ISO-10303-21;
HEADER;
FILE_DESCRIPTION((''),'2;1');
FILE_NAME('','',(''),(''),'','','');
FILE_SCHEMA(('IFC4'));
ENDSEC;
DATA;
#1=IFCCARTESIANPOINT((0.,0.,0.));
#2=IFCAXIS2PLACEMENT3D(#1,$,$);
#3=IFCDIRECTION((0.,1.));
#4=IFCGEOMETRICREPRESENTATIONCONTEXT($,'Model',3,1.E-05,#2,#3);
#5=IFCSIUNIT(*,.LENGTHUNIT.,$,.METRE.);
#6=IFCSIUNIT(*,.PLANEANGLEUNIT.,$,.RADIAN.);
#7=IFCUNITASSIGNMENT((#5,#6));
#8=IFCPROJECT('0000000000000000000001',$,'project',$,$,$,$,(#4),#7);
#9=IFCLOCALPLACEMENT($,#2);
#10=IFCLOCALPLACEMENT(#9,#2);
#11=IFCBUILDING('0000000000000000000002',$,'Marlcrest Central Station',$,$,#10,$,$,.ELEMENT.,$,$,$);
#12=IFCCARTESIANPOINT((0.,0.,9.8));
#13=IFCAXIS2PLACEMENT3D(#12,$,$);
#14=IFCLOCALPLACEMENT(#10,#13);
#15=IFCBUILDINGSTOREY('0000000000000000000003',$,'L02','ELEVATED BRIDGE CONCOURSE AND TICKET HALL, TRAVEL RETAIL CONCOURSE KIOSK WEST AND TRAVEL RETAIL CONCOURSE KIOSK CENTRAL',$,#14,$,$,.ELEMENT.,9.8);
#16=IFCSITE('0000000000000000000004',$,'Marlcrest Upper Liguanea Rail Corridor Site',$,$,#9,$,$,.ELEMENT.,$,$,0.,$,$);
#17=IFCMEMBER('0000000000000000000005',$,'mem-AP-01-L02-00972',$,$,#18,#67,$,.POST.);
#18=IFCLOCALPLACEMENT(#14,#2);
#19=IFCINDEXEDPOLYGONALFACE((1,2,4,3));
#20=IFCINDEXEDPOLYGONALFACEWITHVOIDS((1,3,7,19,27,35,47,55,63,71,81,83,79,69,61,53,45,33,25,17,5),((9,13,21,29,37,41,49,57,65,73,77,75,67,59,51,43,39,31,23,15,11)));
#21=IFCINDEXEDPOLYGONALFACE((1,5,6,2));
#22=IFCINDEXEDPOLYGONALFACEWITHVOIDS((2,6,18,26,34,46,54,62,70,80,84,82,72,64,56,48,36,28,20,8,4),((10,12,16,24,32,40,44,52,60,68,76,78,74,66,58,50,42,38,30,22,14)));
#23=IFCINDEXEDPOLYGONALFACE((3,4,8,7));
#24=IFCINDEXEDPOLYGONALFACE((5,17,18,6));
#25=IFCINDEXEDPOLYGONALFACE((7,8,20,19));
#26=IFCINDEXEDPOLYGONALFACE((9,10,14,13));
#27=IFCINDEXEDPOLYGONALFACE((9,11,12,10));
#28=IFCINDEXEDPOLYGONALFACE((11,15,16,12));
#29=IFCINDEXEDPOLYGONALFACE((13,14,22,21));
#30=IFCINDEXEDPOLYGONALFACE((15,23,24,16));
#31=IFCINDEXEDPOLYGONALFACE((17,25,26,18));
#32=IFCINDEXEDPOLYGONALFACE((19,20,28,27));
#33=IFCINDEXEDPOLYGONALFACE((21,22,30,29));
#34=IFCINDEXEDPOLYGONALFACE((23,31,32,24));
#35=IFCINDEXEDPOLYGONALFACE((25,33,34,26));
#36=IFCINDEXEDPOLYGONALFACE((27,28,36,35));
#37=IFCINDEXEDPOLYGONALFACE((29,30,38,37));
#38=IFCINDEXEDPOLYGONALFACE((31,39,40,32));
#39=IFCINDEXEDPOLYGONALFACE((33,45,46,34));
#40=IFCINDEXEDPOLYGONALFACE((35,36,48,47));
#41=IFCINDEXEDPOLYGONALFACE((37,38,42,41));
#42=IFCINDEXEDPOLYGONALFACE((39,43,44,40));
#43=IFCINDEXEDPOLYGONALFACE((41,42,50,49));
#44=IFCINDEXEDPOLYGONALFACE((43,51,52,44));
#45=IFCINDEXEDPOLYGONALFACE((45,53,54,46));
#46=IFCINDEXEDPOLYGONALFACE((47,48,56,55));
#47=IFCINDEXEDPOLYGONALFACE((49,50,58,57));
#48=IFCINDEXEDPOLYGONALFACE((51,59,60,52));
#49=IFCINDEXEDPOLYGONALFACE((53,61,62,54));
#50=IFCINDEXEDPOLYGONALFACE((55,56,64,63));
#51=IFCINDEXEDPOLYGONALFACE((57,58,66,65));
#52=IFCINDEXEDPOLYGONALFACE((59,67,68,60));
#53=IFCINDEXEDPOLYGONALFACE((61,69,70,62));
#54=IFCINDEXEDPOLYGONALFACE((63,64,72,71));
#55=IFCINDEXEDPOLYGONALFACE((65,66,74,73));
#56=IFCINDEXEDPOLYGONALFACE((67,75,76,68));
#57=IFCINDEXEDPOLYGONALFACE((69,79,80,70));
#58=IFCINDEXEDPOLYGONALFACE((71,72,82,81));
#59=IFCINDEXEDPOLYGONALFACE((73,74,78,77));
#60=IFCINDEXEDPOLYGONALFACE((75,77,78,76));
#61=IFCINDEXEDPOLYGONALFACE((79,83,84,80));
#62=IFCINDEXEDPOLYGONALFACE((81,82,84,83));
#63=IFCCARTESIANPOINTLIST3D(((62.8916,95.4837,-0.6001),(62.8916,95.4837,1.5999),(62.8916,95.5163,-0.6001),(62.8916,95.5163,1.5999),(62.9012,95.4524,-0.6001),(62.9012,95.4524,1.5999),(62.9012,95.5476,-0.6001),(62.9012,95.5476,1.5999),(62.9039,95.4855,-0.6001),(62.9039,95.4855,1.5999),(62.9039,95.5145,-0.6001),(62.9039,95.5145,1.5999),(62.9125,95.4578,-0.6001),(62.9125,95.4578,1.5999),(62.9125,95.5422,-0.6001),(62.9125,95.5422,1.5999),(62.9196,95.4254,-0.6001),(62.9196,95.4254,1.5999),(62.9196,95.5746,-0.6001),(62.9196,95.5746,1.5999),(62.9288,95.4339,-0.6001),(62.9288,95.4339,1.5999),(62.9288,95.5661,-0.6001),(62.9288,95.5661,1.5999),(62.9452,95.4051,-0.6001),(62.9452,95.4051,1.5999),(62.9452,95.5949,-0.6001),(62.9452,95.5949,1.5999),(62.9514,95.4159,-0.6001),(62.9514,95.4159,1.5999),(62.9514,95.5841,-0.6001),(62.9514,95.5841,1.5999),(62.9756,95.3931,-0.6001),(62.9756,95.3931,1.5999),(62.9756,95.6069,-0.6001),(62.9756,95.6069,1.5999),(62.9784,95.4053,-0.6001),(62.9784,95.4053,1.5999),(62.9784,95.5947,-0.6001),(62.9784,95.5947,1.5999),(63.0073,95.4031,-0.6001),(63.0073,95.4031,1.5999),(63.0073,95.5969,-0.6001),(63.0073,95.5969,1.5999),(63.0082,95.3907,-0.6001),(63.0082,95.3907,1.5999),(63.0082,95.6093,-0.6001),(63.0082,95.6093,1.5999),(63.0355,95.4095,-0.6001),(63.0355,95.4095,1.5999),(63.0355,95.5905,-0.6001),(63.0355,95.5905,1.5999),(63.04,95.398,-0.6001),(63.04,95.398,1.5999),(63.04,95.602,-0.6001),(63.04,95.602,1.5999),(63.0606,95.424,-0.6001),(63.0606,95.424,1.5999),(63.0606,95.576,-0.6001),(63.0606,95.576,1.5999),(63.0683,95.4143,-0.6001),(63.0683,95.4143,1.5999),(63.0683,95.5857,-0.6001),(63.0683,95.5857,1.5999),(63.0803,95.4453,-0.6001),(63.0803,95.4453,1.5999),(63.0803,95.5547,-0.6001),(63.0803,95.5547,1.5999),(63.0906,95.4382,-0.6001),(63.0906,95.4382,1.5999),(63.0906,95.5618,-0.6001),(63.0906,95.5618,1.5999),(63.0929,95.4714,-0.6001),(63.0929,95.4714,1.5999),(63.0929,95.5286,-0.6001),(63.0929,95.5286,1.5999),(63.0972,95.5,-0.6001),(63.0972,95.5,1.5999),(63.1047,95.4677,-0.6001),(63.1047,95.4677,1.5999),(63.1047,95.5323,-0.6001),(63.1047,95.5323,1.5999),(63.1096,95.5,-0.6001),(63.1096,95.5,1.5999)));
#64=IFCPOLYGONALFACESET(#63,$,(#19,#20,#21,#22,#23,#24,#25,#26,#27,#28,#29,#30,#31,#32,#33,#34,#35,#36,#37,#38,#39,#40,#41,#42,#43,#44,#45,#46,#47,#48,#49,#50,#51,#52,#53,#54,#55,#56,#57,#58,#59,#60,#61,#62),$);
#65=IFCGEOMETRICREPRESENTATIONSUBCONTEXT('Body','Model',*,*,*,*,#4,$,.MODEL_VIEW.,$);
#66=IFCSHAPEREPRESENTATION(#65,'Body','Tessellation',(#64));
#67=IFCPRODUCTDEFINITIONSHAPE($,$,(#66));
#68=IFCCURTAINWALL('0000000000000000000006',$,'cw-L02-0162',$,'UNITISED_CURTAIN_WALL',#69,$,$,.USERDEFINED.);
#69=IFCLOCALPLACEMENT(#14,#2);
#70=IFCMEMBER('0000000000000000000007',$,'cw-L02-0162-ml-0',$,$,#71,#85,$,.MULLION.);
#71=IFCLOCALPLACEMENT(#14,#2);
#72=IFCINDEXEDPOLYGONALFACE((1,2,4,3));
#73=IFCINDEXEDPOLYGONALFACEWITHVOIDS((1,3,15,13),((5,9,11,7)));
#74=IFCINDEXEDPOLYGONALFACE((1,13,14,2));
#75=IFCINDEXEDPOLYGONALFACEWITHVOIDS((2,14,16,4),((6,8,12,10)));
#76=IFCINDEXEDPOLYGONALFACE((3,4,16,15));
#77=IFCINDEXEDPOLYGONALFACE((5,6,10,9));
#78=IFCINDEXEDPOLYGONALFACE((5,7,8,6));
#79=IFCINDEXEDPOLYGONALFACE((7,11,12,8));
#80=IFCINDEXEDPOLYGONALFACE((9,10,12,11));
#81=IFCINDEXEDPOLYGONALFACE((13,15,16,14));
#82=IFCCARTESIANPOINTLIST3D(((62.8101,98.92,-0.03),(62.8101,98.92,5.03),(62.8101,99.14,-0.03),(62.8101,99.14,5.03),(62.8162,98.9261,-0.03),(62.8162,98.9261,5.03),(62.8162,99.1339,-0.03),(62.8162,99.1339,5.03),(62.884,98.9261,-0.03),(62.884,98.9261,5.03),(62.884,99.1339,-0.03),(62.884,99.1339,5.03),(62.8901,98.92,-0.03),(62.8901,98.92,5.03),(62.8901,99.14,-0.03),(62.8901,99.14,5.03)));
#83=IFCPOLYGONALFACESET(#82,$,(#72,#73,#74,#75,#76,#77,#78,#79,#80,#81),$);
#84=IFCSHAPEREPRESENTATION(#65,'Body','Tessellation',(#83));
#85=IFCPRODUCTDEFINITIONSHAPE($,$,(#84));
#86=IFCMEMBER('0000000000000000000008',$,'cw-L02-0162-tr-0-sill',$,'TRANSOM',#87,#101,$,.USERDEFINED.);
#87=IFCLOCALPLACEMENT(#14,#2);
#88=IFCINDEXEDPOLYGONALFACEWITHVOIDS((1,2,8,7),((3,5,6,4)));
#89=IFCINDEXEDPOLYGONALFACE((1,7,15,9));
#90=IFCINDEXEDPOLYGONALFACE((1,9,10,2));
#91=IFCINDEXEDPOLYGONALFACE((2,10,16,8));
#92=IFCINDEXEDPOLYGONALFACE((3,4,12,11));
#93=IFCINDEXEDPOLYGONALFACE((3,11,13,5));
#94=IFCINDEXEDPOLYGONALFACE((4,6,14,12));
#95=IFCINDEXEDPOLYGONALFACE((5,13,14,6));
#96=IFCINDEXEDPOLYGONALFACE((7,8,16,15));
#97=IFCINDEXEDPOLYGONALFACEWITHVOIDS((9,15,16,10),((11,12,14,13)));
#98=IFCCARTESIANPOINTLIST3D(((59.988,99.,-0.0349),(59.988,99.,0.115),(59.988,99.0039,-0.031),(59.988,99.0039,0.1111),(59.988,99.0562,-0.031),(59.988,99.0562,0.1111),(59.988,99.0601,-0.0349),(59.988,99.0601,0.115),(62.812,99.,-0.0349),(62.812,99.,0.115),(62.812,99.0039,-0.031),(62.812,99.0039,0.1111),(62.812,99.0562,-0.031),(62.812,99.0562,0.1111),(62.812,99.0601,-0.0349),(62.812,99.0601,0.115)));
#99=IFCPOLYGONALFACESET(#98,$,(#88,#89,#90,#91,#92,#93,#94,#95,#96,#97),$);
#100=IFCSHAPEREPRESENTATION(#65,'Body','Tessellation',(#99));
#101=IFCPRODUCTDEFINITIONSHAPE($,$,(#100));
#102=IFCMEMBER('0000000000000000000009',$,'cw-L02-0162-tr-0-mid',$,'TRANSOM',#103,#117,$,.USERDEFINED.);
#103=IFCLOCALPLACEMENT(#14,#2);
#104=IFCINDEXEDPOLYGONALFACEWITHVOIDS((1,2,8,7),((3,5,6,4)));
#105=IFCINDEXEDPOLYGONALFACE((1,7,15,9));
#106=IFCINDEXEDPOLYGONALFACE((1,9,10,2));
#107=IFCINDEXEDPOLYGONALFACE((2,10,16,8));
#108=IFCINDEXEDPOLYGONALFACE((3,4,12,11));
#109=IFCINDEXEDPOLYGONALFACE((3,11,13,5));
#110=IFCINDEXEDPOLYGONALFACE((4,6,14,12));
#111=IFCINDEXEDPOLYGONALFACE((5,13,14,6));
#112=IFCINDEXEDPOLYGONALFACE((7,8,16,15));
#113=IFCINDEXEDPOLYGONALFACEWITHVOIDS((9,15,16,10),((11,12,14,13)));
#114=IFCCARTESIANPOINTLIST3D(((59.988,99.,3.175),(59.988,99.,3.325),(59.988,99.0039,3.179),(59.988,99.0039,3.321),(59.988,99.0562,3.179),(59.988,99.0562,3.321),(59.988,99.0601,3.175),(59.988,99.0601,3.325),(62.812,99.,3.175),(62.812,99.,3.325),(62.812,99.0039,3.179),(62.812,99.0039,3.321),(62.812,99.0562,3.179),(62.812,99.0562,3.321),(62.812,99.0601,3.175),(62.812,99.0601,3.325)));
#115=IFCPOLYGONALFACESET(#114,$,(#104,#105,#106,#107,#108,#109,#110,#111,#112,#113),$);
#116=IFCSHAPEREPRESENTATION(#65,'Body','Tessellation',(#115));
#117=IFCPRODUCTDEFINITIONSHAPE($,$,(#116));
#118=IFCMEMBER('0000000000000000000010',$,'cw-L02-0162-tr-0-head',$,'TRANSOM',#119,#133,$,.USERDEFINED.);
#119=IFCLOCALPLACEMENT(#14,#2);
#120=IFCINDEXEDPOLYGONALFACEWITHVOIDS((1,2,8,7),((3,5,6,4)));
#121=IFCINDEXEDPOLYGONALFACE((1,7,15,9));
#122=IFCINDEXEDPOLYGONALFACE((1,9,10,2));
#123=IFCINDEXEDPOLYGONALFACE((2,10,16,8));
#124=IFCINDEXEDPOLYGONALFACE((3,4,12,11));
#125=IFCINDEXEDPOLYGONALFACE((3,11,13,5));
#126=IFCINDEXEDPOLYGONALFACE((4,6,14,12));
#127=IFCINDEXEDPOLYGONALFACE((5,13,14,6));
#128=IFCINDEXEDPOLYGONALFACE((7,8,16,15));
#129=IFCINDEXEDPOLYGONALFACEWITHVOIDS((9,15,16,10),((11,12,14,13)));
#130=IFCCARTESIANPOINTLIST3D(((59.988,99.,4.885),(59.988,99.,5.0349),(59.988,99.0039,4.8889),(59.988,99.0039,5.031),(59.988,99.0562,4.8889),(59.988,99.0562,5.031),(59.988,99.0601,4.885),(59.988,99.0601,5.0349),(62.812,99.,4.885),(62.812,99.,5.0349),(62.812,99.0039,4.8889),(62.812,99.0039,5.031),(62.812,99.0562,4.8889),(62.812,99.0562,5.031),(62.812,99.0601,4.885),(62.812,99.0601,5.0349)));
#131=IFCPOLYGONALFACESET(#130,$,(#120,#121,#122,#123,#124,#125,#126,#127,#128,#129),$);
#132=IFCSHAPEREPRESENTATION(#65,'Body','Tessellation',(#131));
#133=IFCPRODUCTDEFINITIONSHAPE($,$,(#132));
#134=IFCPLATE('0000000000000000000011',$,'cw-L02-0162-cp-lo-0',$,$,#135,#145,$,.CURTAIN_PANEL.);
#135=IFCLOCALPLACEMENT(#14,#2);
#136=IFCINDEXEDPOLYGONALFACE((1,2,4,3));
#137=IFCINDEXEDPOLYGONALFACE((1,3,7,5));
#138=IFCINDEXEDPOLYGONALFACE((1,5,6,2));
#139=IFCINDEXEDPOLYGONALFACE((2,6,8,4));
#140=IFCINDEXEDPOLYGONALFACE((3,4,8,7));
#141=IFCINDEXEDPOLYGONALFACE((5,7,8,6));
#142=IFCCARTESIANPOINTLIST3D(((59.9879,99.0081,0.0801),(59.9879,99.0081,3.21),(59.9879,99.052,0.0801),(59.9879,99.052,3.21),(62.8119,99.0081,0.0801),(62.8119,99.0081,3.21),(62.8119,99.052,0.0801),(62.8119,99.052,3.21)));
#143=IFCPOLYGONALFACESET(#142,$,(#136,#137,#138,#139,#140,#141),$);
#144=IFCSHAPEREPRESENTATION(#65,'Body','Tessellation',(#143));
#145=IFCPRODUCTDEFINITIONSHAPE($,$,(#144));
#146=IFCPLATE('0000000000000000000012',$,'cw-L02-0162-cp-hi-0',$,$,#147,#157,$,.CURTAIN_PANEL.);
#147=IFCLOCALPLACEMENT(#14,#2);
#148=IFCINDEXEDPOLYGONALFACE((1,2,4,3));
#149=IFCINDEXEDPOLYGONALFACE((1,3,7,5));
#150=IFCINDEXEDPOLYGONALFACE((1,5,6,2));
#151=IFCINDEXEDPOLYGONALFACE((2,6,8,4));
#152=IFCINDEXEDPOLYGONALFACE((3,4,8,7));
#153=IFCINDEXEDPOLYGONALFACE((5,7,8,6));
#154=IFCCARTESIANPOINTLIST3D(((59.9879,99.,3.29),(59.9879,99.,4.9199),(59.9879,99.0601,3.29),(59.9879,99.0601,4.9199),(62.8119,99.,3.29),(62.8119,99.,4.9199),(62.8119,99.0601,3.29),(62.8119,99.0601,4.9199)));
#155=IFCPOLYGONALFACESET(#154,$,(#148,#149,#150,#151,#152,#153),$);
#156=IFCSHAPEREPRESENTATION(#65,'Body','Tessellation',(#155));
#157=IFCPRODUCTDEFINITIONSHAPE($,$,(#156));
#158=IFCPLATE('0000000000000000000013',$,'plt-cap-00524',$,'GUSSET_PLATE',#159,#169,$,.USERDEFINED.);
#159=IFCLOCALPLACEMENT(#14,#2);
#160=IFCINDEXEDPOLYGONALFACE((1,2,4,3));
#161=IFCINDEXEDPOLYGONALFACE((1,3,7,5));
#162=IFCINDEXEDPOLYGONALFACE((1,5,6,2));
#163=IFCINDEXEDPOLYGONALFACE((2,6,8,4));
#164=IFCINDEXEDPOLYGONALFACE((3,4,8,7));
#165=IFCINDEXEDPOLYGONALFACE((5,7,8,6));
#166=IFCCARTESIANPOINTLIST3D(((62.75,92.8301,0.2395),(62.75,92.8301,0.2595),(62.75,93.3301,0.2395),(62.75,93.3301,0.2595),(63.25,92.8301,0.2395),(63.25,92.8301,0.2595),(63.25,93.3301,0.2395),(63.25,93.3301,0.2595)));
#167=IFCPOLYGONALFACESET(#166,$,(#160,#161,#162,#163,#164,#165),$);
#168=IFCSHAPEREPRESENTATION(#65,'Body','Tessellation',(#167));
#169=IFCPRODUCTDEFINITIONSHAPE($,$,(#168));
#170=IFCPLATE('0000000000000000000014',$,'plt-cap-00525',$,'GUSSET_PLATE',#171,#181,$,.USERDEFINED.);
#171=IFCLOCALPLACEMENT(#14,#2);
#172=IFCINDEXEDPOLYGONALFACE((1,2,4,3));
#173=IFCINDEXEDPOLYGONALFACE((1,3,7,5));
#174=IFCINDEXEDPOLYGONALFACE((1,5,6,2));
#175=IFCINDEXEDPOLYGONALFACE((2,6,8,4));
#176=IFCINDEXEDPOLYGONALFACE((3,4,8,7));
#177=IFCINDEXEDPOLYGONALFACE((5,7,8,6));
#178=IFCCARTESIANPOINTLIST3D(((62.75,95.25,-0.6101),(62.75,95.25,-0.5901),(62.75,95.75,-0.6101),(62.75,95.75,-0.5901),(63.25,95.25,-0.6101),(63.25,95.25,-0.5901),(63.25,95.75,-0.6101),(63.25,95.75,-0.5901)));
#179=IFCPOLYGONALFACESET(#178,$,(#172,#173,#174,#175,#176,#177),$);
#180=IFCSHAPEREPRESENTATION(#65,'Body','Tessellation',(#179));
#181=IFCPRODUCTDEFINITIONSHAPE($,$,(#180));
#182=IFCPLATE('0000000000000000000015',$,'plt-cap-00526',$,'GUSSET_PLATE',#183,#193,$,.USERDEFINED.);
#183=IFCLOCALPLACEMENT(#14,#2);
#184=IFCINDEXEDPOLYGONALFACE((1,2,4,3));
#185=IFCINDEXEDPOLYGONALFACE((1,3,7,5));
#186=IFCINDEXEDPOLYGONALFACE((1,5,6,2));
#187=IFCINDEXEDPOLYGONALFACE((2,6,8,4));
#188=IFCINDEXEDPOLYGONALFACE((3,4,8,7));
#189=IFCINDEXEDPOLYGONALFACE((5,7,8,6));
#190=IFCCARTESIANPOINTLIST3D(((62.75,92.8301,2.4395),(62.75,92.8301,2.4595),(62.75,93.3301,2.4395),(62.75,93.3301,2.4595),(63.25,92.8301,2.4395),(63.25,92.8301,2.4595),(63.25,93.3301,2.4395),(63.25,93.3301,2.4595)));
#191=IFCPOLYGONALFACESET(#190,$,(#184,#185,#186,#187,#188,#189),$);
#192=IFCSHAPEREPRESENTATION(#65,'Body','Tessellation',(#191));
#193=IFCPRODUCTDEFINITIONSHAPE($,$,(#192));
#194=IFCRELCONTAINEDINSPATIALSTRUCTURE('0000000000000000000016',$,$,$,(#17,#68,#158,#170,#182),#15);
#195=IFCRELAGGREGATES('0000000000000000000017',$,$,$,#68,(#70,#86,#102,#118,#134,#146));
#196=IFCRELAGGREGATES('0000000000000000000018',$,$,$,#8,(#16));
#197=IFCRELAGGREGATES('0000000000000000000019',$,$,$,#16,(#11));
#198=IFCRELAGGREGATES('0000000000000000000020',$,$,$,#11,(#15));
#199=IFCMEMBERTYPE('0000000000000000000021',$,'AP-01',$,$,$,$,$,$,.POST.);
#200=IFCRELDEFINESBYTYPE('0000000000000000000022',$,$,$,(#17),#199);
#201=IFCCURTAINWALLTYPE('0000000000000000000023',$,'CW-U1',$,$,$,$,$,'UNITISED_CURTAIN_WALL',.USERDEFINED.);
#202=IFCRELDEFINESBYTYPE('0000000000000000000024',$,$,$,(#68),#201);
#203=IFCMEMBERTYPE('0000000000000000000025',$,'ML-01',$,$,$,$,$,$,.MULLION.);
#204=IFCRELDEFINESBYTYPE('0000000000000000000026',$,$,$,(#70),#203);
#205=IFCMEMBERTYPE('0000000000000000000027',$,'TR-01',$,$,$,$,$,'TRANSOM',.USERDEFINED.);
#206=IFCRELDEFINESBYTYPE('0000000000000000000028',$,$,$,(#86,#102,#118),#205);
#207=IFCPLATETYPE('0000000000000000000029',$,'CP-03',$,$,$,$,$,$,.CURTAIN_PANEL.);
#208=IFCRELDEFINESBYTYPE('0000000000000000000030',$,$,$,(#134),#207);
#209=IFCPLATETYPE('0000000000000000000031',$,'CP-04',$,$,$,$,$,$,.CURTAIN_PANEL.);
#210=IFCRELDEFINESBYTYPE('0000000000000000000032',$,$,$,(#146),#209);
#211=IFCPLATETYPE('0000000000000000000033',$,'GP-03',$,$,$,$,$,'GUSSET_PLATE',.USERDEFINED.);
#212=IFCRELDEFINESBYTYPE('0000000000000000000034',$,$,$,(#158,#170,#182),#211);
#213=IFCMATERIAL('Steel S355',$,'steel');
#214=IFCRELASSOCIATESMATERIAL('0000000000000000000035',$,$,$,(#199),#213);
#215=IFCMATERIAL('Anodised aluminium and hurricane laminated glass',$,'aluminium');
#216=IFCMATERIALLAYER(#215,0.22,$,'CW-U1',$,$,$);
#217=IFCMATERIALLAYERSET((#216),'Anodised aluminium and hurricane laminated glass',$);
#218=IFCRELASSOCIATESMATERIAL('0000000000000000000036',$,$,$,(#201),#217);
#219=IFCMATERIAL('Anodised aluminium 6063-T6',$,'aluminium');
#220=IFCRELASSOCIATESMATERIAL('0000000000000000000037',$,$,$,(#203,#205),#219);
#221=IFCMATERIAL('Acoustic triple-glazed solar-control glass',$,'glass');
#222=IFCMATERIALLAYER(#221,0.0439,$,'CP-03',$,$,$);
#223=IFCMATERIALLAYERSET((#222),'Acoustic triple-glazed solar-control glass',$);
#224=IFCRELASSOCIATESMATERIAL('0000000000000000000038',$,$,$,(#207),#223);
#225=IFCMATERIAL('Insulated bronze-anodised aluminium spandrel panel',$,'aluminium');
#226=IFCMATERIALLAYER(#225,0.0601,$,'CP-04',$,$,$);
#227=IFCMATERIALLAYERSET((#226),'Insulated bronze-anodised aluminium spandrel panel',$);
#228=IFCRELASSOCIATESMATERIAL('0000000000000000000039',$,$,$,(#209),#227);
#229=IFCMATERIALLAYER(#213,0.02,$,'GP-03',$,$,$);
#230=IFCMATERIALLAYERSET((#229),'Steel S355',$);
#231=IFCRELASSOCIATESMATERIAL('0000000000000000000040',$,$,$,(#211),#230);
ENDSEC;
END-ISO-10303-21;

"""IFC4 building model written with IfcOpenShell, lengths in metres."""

from ifc_helpers import new_model, si_unit, direction, frame, origin, origin_2d, place, context, subcontext, project, spatial, rectangle, hollow_rectangle, hollow_circle, extrude, material, layer, layer_set, material_profile, profile_set, type_object, element, aggregate, save


model = new_model("IFC4")

# Units and contexts
model_context = context("Model", 3, precision=1e-05, world=origin(), true_north=direction((0.0, 1.0)))
body_context = subcontext(model_context, "Body", "Model", "MODEL_VIEW")
ifc_project = project(units=[si_unit("LENGTHUNIT", "METRE"), si_unit("PLANEANGLEUNIT", "RADIAN")], contexts=[model_context])

# Site, building, storey
site_placement = place(None, origin())
site = spatial("IfcSite", under=ifc_project, at=site_placement, Name="Marlcrest Upper Liguanea Rail Corridor Site", CompositionType="ELEMENT", RefElevation=0.0)
building_placement = place(site_placement, origin())
building = spatial("IfcBuilding", under=site, at=building_placement, Name="Marlcrest Central Station", CompositionType="ELEMENT")
storey_placement = place(building_placement, frame((0.0, 0.0, 9.8)))
storey = spatial("IfcBuildingStorey", under=building, at=storey_placement, Name="L02", Description="ELEVATED BRIDGE CONCOURSE AND TICKET HALL, TRAVEL RETAIL CONCOURSE KIOSK WEST AND TRAVEL RETAIL CONCOURSE KIOSK CENTRAL", CompositionType="ELEMENT", Elevation=9.8)

# Member
ifc_material_1 = material(Name="Steel S355", Category="steel")
ifc_material_profile_1 = material_profile(ifc_material_1, hollow_circle(Radius=0.1096, WallThickness=0.0125, at=origin_2d()), Name="CHS 219.1x12.5")
ifc_profile_set_1 = profile_set([ifc_material_profile_1], Name="Steel S355")
member_type_1 = type_object("IfcMemberType", Name="AP-01", PredefinedType="POST", material=ifc_profile_set_1)
for number, where, z_axis, x_axis, name in (
    (1, (63.0, 95.5, -0.6001), (0.0, 0.0, 1.0), (1.0, 0.0, 0.0), "mem-AP-01-L02-00972"),
):
    element("IfcMember", number, at=place(storey_placement, frame(where, z_axis=z_axis, x_axis=x_axis)), inside=storey, type_object=member_type_1, Name=name, PredefinedType="POST", context=body_context, shape_type="SweptSolid", body=[
        extrude(hollow_circle(Radius=0.1096, WallThickness=0.0125, at=origin_2d()), origin(), (0.0, 0.0, 1.0), 2.2),
    ])

# Curtain wall, members, plates
ifc_material_2 = material(Name="Anodised aluminium and hurricane laminated glass", Category="aluminium")
ifc_layer_1 = layer(ifc_material_2, 0.22, Name="CW-U1")
ifc_layer_set_1 = layer_set([ifc_layer_1], Name="Anodised aluminium and hurricane laminated glass")
curtain_wall_type = type_object("IfcCurtainWallType", Name="CW-U1", ElementType="UNITISED_CURTAIN_WALL", PredefinedType="USERDEFINED", material=ifc_layer_set_1)
curtain_wall_placement = place(storey_placement, origin())
curtain_wall = element("IfcCurtainWall", 2, at=curtain_wall_placement, inside=storey, type_object=curtain_wall_type, Name="cw-L02-0162", ObjectType="UNITISED_CURTAIN_WALL", PredefinedType="USERDEFINED")
ifc_material_3 = material(Name="Anodised aluminium 6063-T6", Category="aluminium")
ifc_material_profile_2 = material_profile(ifc_material_3, hollow_rectangle(XDim=0.0801, YDim=0.22, WallThickness=0.0061, at=origin_2d()), Name="AA-RHS 220x80x6")
ifc_profile_set_2 = profile_set([ifc_material_profile_2], Name="Anodised aluminium 6063-T6")
member_type_2 = type_object("IfcMemberType", Name="ML-01", PredefinedType="MULLION", material=ifc_profile_set_2)
member_1_placement = place(storey_placement, frame((62.8501, 99.03, -0.03), z_axis=(0.0, 0.0, 1.0), x_axis=(1.0, 0.0, 0.0)))
member_1 = element("IfcMember", 3, at=member_1_placement, type_object=member_type_2, Name="cw-L02-0162-ml-0", PredefinedType="MULLION", context=body_context, shape_type="SweptSolid", body=[
    extrude(hollow_rectangle(XDim=0.0801, YDim=0.22, WallThickness=0.0061, at=origin_2d()), origin(), (0.0, 0.0, 1.0), 5.0601),
])
ifc_material_profile_3 = material_profile(ifc_material_3, hollow_rectangle(XDim=0.0601, YDim=0.1499, WallThickness=0.0039, at=origin_2d()), Name="AA-RHS 150x60x4")
ifc_profile_set_3 = profile_set([ifc_material_profile_3], Name="Anodised aluminium 6063-T6")
member_type_3 = type_object("IfcMemberType", Name="TR-01", ElementType="TRANSOM", PredefinedType="USERDEFINED", material=ifc_profile_set_3)
member_2_placement = place(storey_placement, frame((62.812, 99.03, 0.04), z_axis=(-1.0, 0.0, 0.0), x_axis=(0.0, -1.0, 0.0)))
member_2 = element("IfcMember", 4, at=member_2_placement, type_object=member_type_3, Name="cw-L02-0162-tr-0-sill", ObjectType="TRANSOM", PredefinedType="USERDEFINED", context=body_context, shape_type="SweptSolid", body=[
    extrude(hollow_rectangle(XDim=0.0601, YDim=0.1499, WallThickness=0.0039, at=origin_2d()), origin(), (0.0, 0.0, 1.0), 2.824),
])
member_3_placement = place(storey_placement, frame((62.812, 99.03, 3.25), z_axis=(-1.0, 0.0, 0.0), x_axis=(0.0, -1.0, 0.0)))
member_3 = element("IfcMember", 5, at=member_3_placement, type_object=member_type_3, Name="cw-L02-0162-tr-0-mid", ObjectType="TRANSOM", PredefinedType="USERDEFINED", context=body_context, shape_type="SweptSolid", body=[
    extrude(hollow_rectangle(XDim=0.0601, YDim=0.1499, WallThickness=0.0039, at=origin_2d()), origin(), (0.0, 0.0, 1.0), 2.824),
])
member_4_placement = place(storey_placement, frame((62.812, 99.03, 4.96), z_axis=(-1.0, 0.0, 0.0), x_axis=(0.0, -1.0, 0.0)))
member_4 = element("IfcMember", 6, at=member_4_placement, type_object=member_type_3, Name="cw-L02-0162-tr-0-head", ObjectType="TRANSOM", PredefinedType="USERDEFINED", context=body_context, shape_type="SweptSolid", body=[
    extrude(hollow_rectangle(XDim=0.0601, YDim=0.1499, WallThickness=0.0039, at=origin_2d()), origin(), (0.0, 0.0, 1.0), 2.824),
])
ifc_material_4 = material(Name="Acoustic triple-glazed solar-control glass", Category="glass")
ifc_layer_2 = layer(ifc_material_4, 0.0439, Name="CP-03")
ifc_layer_set_2 = layer_set([ifc_layer_2], Name="Acoustic triple-glazed solar-control glass")
plate_type_1 = type_object("IfcPlateType", Name="CP-03", PredefinedType="CURTAIN_PANEL", material=ifc_layer_set_2)
plate_1_placement = place(storey_placement, frame((61.3999, 99.03, 0.0801), z_axis=(0.0, 0.0, 1.0), x_axis=(-1.0, 0.0, 0.0)))
plate_1 = element("IfcPlate", 7, at=plate_1_placement, type_object=plate_type_1, Name="cw-L02-0162-cp-lo-0", PredefinedType="CURTAIN_PANEL", context=body_context, shape_type="SweptSolid", body=[
    extrude(rectangle(XDim=2.824, YDim=0.0439, at=origin_2d()), origin(), (0.0, 0.0, 1.0), 3.1299),
])
ifc_material_5 = material(Name="Insulated bronze-anodised aluminium spandrel panel", Category="aluminium")
ifc_layer_3 = layer(ifc_material_5, 0.0601, Name="CP-04")
ifc_layer_set_3 = layer_set([ifc_layer_3], Name="Insulated bronze-anodised aluminium spandrel panel")
plate_type_2 = type_object("IfcPlateType", Name="CP-04", PredefinedType="CURTAIN_PANEL", material=ifc_layer_set_3)
plate_2_placement = place(storey_placement, frame((61.3999, 99.03, 3.29), z_axis=(0.0, 0.0, 1.0), x_axis=(-1.0, 0.0, 0.0)))
plate_2 = element("IfcPlate", 8, at=plate_2_placement, type_object=plate_type_2, Name="cw-L02-0162-cp-hi-0", PredefinedType="CURTAIN_PANEL", context=body_context, shape_type="SweptSolid", body=[
    extrude(rectangle(XDim=2.824, YDim=0.0601, at=origin_2d()), origin(), (0.0, 0.0, 1.0), 1.6299),
])
aggregate(curtain_wall, [member_1, member_2, member_3, member_4, plate_1, plate_2])

# Plates
ifc_layer_4 = layer(ifc_material_1, 0.02, Name="GP-03")
ifc_layer_set_4 = layer_set([ifc_layer_4], Name="Steel S355")
plate_type_3 = type_object("IfcPlateType", Name="GP-03", ElementType="GUSSET_PLATE", PredefinedType="USERDEFINED", material=ifc_layer_set_4)
for number, where, z_axis, x_axis, name in (
    (9, (63.0, 93.0801, 0.2395), (0.0, 0.0, 1.0), (1.0, 0.0, 0.0), "plt-cap-00524"),
    (10, (63.0, 95.5, -0.6101), (0.0, 0.0, 1.0), (1.0, 0.0, 0.0), "plt-cap-00525"),
    (11, (63.0, 93.0801, 2.4395), (0.0, 0.0, 1.0), (1.0, 0.0, 0.0), "plt-cap-00526"),
):
    element("IfcPlate", number, at=place(storey_placement, frame(where, z_axis=z_axis, x_axis=x_axis)), inside=storey, type_object=plate_type_3, Name=name, ObjectType="GUSSET_PLATE", PredefinedType="USERDEFINED", context=body_context, shape_type="SweptSolid", body=[
        extrude(rectangle(XDim=0.5, YDim=0.5, at=origin_2d()), origin(), (0.0, 0.0, 1.0), 0.02),
    ])

save(model, "model.ifc")
